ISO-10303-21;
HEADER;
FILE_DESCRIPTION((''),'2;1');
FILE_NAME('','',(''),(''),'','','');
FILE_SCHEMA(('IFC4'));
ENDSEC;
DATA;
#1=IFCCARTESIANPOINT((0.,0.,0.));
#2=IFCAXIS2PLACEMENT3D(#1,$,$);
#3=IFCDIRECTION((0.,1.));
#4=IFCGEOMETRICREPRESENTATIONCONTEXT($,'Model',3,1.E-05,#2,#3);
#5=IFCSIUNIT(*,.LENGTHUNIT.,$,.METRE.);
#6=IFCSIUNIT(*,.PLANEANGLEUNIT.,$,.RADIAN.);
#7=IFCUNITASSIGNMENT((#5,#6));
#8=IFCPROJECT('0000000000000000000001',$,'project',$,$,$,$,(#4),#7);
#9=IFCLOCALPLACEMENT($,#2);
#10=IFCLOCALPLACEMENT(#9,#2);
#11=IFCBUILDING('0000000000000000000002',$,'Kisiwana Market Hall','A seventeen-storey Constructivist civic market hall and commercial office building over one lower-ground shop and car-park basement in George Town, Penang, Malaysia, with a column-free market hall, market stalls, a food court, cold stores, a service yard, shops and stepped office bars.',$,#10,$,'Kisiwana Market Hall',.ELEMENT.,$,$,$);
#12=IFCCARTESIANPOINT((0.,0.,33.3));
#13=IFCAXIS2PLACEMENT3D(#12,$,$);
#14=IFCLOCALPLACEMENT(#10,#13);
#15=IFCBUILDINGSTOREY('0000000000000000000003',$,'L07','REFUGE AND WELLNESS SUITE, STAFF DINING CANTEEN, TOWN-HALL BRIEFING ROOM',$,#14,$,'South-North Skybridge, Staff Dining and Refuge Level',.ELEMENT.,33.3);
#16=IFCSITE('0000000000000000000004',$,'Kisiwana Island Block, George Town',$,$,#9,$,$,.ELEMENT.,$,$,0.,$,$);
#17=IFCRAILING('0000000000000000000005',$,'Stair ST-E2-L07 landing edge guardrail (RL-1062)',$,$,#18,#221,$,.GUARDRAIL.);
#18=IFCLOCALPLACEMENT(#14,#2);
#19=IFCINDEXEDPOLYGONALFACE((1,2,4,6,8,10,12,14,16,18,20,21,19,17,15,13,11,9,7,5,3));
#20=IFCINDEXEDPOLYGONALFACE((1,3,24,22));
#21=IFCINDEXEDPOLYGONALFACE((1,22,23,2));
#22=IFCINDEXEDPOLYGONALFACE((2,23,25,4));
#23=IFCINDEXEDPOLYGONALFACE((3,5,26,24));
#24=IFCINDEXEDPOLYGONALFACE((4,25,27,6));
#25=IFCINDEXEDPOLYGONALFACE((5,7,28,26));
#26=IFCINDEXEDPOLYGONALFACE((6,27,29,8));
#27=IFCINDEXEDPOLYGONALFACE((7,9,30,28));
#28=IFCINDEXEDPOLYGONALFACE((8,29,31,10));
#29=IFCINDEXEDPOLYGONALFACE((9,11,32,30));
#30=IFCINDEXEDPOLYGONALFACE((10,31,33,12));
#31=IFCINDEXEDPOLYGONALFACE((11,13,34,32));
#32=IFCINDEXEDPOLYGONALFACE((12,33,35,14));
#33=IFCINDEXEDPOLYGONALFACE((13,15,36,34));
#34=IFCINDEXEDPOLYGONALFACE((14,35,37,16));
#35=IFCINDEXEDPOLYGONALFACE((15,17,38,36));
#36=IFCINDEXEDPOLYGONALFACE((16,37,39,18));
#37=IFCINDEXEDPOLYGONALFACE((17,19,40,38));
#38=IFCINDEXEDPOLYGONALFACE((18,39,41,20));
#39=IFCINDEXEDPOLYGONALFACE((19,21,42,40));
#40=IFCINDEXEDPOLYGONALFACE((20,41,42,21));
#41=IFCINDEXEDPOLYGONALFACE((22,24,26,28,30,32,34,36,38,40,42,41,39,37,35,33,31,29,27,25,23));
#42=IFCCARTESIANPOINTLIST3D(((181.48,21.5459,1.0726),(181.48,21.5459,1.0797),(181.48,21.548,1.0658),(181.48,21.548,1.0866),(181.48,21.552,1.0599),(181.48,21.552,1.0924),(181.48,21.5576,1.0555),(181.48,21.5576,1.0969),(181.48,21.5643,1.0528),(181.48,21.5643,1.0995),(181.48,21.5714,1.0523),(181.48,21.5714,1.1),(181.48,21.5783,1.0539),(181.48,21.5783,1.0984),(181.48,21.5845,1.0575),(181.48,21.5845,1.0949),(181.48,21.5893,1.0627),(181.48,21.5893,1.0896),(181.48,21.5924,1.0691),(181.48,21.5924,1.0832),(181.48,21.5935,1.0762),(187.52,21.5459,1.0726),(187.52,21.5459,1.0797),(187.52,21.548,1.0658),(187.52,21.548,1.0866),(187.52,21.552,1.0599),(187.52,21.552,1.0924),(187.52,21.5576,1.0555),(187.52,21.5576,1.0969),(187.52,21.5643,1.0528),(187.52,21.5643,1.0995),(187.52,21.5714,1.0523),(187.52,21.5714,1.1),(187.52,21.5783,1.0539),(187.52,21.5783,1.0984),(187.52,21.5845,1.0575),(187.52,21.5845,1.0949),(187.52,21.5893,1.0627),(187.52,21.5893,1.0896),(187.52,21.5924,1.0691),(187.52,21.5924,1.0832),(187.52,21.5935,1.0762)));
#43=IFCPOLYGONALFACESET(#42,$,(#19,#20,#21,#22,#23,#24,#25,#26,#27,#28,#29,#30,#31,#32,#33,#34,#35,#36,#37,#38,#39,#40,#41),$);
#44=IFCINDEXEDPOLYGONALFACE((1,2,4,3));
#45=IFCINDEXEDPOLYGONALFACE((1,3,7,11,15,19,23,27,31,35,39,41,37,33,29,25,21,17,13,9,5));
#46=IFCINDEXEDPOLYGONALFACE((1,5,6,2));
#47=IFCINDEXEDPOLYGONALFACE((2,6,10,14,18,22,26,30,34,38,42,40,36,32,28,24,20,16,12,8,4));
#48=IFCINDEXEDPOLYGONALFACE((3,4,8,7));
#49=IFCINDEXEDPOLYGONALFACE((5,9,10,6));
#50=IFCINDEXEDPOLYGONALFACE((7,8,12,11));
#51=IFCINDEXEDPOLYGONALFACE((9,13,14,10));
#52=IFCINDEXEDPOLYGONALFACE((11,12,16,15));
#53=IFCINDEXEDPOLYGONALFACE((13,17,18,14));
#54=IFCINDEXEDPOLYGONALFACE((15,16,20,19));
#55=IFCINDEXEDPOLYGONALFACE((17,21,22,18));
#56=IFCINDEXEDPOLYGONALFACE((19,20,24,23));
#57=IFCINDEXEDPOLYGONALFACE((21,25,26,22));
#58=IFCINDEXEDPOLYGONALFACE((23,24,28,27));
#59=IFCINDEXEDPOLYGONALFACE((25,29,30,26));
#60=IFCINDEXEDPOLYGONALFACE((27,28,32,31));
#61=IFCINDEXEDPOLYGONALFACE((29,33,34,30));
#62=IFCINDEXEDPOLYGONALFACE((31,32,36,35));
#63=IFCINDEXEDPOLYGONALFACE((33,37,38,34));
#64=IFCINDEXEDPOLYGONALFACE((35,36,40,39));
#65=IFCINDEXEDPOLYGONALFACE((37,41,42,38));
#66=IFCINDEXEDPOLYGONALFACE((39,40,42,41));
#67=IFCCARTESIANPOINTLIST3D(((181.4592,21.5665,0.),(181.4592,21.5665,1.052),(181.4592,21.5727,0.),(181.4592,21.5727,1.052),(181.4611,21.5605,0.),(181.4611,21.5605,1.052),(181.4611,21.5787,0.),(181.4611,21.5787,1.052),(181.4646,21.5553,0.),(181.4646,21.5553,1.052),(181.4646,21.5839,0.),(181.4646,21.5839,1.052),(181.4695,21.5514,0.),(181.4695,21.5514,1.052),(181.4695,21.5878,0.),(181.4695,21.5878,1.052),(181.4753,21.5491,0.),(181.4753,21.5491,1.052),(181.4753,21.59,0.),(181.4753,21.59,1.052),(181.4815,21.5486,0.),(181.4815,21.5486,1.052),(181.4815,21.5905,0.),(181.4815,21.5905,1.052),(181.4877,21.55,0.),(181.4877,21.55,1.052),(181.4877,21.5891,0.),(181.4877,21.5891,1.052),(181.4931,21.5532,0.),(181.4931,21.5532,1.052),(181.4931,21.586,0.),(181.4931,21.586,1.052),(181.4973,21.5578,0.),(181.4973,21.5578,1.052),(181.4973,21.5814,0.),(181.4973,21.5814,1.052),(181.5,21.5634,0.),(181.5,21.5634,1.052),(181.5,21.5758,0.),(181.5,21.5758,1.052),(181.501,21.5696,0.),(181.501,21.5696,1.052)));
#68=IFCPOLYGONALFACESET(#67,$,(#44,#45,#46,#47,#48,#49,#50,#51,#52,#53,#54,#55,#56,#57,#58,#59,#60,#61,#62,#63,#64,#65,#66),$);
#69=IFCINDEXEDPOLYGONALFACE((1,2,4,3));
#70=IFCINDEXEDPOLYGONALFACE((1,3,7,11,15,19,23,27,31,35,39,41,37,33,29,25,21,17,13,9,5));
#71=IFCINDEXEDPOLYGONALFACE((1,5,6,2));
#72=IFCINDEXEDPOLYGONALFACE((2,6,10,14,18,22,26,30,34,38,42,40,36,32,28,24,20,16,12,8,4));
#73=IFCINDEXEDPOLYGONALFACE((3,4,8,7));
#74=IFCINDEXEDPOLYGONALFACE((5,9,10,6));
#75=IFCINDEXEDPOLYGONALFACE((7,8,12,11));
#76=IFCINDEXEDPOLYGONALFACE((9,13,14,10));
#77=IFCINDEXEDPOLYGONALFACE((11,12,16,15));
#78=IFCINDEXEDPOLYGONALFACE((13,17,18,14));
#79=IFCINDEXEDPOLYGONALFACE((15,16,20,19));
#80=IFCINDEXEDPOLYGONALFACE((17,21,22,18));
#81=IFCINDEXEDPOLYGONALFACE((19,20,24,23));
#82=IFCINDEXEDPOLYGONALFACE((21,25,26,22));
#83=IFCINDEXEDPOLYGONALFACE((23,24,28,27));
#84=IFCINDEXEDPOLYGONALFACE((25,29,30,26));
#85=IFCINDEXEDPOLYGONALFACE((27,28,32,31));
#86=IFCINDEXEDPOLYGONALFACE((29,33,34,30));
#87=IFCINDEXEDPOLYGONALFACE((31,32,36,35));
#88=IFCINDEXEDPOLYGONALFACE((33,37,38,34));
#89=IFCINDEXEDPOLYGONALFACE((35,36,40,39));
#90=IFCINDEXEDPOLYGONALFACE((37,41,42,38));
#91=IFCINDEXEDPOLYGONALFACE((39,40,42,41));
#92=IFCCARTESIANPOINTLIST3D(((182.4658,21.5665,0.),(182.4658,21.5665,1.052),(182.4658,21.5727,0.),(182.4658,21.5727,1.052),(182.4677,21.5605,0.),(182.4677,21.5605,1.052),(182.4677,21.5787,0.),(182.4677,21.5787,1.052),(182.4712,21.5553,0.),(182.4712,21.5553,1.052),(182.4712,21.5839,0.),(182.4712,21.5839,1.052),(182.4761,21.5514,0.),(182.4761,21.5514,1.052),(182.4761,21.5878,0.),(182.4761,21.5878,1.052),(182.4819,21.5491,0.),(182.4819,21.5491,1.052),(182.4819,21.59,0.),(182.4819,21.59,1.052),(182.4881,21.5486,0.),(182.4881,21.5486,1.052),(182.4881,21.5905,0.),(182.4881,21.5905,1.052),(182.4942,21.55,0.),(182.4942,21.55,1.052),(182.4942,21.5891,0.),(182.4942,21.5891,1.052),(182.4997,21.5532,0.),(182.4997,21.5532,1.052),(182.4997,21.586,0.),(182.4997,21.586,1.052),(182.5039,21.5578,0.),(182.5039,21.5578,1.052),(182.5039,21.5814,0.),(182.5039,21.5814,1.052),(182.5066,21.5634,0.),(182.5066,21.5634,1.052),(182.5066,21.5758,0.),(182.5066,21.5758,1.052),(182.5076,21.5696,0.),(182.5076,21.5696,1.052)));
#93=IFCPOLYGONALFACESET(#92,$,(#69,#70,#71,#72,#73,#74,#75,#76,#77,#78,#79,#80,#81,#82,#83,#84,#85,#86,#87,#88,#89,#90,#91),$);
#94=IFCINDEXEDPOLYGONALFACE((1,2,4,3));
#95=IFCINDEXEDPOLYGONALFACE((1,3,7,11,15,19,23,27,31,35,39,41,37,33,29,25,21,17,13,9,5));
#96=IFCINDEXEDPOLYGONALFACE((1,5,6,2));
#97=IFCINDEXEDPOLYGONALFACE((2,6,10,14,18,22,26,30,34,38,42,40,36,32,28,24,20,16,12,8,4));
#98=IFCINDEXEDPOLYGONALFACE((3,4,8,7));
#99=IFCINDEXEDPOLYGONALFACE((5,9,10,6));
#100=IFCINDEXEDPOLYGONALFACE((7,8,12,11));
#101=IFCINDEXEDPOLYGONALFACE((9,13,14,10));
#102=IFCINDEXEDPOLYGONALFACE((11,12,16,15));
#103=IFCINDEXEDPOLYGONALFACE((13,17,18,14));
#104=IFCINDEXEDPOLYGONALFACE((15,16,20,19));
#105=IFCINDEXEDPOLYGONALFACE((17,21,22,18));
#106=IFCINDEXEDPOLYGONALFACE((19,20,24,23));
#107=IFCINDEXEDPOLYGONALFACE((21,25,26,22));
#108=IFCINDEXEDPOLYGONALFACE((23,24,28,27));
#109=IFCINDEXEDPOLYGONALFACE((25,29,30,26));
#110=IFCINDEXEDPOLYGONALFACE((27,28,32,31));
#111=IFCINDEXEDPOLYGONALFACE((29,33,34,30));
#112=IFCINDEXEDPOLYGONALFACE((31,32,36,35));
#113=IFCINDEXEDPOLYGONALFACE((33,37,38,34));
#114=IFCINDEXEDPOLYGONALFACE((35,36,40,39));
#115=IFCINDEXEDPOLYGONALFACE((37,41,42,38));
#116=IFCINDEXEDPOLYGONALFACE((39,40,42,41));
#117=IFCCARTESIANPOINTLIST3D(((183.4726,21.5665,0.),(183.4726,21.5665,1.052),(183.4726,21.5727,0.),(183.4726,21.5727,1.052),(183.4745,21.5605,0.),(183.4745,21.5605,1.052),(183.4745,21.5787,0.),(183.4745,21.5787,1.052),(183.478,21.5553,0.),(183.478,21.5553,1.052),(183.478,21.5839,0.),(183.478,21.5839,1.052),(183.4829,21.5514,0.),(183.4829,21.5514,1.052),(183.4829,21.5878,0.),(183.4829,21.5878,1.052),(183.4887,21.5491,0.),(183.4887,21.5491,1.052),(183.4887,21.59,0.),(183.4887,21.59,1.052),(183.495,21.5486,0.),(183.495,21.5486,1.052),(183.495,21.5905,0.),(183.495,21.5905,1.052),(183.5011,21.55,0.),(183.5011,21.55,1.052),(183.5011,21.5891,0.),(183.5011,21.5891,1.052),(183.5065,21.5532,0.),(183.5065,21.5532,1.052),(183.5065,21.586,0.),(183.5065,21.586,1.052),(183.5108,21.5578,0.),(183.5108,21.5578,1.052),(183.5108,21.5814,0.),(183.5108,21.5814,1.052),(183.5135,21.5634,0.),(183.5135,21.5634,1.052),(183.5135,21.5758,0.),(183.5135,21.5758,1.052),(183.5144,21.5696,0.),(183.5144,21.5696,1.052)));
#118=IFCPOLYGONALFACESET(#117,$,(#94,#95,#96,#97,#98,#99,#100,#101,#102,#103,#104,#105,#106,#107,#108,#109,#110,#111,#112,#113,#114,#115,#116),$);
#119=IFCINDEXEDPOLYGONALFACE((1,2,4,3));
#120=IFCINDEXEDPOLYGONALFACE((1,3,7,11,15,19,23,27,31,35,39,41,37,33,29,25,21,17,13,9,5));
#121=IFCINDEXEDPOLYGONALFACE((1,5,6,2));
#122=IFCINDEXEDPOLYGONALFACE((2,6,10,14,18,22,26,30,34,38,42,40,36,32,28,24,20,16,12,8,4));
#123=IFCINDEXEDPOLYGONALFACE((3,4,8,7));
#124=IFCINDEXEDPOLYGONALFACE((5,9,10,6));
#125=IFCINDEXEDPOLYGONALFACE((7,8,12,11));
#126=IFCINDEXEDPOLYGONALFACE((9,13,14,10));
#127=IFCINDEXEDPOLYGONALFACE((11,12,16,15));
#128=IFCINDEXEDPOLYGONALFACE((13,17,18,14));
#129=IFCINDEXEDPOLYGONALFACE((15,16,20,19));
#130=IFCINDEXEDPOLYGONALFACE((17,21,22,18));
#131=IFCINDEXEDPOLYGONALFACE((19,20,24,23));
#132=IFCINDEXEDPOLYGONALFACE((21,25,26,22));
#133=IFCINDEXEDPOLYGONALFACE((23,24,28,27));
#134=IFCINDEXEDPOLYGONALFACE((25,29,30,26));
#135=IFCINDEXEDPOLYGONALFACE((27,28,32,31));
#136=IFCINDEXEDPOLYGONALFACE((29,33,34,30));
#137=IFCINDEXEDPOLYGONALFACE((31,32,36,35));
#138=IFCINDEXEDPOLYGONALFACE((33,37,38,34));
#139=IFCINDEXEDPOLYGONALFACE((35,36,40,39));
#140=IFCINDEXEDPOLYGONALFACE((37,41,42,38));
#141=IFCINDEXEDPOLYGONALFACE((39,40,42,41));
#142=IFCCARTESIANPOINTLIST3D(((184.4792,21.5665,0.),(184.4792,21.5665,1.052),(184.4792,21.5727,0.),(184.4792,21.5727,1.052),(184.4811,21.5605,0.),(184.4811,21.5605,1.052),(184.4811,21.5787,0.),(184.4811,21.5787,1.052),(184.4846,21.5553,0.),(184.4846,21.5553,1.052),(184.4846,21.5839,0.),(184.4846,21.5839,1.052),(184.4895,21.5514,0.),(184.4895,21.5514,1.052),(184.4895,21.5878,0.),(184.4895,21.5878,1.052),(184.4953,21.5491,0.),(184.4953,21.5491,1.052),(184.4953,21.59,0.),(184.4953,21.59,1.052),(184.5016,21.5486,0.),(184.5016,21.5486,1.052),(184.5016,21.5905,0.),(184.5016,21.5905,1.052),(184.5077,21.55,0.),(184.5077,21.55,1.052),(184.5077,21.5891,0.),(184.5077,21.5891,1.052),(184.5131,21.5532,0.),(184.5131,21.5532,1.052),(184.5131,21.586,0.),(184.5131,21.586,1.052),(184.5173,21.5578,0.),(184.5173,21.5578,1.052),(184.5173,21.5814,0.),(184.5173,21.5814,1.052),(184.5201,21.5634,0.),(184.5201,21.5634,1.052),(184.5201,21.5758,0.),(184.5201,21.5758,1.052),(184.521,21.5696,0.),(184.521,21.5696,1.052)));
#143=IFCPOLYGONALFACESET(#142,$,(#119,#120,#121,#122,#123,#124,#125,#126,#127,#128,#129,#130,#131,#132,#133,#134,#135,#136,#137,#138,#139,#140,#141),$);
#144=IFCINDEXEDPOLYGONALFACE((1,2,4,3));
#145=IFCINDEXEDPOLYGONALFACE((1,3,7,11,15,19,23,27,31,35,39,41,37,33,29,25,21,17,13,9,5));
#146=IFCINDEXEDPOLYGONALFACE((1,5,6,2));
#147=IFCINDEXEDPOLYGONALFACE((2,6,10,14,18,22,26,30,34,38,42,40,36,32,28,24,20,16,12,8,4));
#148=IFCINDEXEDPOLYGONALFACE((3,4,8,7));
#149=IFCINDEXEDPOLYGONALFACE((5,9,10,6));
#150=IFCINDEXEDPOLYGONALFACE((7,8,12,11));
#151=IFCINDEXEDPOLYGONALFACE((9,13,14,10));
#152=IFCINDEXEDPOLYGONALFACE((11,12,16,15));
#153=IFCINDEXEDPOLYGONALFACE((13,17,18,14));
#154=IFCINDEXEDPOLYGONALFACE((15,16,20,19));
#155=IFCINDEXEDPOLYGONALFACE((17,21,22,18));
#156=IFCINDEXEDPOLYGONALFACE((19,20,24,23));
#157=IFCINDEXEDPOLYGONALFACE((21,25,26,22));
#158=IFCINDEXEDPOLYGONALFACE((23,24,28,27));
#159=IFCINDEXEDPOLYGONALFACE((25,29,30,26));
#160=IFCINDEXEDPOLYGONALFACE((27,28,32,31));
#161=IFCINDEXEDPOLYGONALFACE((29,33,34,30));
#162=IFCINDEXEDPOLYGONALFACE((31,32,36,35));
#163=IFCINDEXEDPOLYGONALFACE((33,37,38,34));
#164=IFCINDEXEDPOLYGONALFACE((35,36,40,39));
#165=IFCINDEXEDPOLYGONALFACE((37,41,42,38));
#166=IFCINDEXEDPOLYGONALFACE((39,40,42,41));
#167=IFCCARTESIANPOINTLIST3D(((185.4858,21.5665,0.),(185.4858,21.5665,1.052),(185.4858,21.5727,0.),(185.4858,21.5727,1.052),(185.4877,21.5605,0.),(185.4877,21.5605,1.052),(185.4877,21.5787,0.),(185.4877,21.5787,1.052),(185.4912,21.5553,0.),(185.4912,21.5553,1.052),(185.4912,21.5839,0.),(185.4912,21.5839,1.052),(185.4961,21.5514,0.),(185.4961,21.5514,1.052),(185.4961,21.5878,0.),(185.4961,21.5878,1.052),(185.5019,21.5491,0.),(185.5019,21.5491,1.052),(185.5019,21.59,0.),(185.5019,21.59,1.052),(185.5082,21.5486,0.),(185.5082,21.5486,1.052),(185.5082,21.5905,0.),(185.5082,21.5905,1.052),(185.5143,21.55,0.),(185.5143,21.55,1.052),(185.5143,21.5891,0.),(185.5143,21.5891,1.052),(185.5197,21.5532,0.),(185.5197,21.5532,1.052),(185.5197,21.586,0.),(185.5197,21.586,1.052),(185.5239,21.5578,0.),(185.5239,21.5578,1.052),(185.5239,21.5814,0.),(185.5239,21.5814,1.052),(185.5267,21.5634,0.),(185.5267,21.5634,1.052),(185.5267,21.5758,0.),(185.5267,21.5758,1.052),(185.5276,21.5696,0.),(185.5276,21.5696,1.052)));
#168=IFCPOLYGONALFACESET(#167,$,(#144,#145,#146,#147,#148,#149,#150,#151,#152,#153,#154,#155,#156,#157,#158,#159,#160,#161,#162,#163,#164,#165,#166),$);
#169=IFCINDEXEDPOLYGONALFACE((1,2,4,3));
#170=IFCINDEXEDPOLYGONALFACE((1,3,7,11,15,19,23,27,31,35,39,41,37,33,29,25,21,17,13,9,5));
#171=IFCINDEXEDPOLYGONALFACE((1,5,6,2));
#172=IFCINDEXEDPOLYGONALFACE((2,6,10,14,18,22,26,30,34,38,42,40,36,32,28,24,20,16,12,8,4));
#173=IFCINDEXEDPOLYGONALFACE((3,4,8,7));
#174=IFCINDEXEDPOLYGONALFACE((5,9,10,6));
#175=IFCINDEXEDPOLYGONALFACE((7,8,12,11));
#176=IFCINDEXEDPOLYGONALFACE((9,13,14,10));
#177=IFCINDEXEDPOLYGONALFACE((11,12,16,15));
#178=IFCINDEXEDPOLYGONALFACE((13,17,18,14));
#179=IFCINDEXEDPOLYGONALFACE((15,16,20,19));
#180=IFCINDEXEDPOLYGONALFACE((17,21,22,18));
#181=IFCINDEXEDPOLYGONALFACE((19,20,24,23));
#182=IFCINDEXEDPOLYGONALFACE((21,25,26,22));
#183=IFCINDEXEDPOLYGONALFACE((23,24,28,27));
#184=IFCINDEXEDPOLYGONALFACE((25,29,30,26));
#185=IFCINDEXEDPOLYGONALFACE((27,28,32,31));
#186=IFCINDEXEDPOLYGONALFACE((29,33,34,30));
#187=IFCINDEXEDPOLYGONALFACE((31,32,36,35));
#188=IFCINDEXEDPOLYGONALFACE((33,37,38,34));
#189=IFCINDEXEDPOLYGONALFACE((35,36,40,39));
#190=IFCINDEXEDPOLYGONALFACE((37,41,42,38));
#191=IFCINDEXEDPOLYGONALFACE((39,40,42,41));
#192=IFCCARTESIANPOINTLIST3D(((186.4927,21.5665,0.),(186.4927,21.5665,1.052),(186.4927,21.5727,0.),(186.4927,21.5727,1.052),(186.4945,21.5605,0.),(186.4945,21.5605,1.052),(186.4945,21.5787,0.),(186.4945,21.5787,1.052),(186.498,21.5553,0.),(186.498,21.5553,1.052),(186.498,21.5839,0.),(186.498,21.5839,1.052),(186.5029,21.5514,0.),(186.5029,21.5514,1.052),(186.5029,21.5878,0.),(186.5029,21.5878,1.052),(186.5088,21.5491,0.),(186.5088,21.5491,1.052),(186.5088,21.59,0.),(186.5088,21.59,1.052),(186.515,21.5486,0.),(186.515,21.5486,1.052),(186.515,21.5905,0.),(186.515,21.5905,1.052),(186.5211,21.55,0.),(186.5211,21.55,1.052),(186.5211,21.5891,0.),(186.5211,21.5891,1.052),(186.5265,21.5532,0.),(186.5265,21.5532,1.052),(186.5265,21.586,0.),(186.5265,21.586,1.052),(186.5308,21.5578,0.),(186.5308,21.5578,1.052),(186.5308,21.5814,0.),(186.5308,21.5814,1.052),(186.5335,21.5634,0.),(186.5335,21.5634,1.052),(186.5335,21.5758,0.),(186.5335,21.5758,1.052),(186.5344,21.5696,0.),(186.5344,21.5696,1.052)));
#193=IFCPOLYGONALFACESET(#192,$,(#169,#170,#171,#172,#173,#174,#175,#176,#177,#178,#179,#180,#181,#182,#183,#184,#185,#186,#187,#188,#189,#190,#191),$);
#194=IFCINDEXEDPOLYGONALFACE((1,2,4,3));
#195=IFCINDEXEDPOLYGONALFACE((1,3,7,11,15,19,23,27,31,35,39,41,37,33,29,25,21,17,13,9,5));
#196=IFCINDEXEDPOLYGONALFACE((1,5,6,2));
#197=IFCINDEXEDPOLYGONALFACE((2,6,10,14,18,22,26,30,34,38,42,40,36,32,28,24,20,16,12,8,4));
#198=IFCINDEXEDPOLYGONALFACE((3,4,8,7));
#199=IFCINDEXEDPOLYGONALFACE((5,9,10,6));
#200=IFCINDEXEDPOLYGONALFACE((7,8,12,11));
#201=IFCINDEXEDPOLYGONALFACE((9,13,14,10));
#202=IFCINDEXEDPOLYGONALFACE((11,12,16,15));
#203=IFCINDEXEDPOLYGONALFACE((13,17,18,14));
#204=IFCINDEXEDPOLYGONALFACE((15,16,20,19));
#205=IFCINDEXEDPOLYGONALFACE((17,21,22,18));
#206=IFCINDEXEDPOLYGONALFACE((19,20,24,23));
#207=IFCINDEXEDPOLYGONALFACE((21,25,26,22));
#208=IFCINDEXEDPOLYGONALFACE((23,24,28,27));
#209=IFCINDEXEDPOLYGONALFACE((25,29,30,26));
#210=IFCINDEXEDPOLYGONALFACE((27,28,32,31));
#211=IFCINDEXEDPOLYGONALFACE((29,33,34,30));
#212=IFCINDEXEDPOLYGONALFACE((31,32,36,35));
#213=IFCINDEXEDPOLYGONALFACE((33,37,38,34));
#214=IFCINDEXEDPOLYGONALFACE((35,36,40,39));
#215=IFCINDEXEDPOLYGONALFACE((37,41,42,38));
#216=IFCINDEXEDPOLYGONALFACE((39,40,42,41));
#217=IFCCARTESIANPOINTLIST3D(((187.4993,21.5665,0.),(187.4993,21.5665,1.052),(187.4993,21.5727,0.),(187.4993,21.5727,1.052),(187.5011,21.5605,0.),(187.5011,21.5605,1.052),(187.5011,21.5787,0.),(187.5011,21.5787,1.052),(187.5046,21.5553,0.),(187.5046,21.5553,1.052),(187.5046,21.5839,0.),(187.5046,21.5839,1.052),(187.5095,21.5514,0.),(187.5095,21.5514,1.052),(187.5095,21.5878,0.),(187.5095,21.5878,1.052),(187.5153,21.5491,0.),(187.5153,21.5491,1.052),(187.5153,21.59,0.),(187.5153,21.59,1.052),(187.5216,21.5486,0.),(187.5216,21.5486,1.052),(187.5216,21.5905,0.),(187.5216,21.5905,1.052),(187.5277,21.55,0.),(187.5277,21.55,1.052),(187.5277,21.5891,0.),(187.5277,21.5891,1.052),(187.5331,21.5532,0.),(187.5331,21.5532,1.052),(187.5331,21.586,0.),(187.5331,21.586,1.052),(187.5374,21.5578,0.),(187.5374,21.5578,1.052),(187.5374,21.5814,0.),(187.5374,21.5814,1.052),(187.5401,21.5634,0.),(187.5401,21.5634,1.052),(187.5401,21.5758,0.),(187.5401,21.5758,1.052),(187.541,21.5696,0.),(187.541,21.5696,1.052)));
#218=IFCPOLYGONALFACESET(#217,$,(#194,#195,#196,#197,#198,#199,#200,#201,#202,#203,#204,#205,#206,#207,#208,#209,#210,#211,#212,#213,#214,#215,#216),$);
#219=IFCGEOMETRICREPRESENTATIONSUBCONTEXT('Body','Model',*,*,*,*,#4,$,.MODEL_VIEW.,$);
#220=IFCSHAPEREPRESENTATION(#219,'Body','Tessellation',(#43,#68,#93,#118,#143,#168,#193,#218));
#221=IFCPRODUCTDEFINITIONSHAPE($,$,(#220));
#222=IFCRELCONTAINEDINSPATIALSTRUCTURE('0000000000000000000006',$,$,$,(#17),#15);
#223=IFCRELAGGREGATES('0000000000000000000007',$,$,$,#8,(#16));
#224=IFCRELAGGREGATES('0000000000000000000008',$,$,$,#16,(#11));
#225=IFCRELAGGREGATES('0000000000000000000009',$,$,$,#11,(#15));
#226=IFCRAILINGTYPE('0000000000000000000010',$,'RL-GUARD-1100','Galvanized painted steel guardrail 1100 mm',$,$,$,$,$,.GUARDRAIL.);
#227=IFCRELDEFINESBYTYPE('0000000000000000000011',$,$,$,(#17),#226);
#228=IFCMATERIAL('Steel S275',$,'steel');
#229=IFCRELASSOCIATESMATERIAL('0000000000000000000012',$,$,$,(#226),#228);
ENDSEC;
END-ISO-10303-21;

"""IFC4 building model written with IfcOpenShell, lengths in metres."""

from ifc_helpers import new_model, si_unit, direction, frame, origin, origin_2d, place, context, subcontext, project, spatial, circle, extrude, material, type_object, element, save


model = new_model("IFC4")

# Units and contexts
model_context = context("Model", 3, precision=1e-05, world=origin(), true_north=direction((0.0, 1.0)))
body_context = subcontext(model_context, "Body", "Model", "MODEL_VIEW")
ifc_project = project(units=[si_unit("LENGTHUNIT", "METRE"), si_unit("PLANEANGLEUNIT", "RADIAN")], contexts=[model_context])

# Site, building, storey
site_placement = place(None, origin())
site = spatial("IfcSite", under=ifc_project, at=site_placement, Name="Kisiwana Island Block, George Town", CompositionType="ELEMENT", RefElevation=0.0)
building_placement = place(site_placement, origin())
building = spatial("IfcBuilding", under=site, at=building_placement, Name="Kisiwana Market Hall", Description="A seventeen-storey Constructivist civic market hall and commercial office building over one lower-ground shop and car-park basement in George Town, Penang, Malaysia, with a column-free market hall, market stalls, a food court, cold stores, a service yard, shops and stepped office bars.", LongName="Kisiwana Market Hall", CompositionType="ELEMENT")
storey_placement = place(building_placement, frame((0.0, 0.0, 33.3)))
storey = spatial("IfcBuildingStorey", under=building, at=storey_placement, Name="L07", Description="REFUGE AND WELLNESS SUITE, STAFF DINING CANTEEN, TOWN-HALL BRIEFING ROOM", LongName="South-North Skybridge, Staff Dining and Refuge Level", CompositionType="ELEMENT", Elevation=33.3)

# Railing
ifc_material_1 = material(Name="Steel S275", Category="steel")
railing_type_1 = type_object("IfcRailingType", Name="RL-GUARD-1100", Description="Galvanized painted steel guardrail 1100 mm", PredefinedType="GUARDRAIL", material=ifc_material_1)
railing_1_placement = place(storey_placement, frame((181.48, 21.5696, 0.0)))
element("IfcRailing", 1, at=railing_1_placement, inside=storey, type_object=railing_type_1, Name="Stair ST-E2-L07 landing edge guardrail (RL-1062)", PredefinedType="GUARDRAIL", context=body_context, shape_type="SweptSolid", body=[
    extrude(circle(Radius=0.0239, at=origin_2d()), frame((0.0, 0.0, 1.0762), z_axis=(1.0, 0.0, 0.0), x_axis=(0.0, 1.0, 0.0)), (0.0, 0.0, 1.0), 6.04),
    extrude(circle(Radius=0.021, at=origin_2d()), origin(), (0.0, 0.0, 1.0), 1.052),
    extrude(circle(Radius=0.021, at=origin_2d()), frame((1.0066, 0.0, 0.0)), (0.0, 0.0, 1.0), 1.052),
    extrude(circle(Radius=0.021, at=origin_2d()), frame((2.0134, 0.0, 0.0)), (0.0, 0.0, 1.0), 1.052),
    extrude(circle(Radius=0.021, at=origin_2d()), frame((3.02, 0.0, 0.0)), (0.0, 0.0, 1.0), 1.052),
    extrude(circle(Radius=0.021, at=origin_2d()), frame((4.0266, 0.0, 0.0)), (0.0, 0.0, 1.0), 1.052),
    extrude(circle(Radius=0.021, at=origin_2d()), frame((5.0334, 0.0, 0.0)), (0.0, 0.0, 1.0), 1.052),
    extrude(circle(Radius=0.021, at=origin_2d()), frame((6.04, 0.0, 0.0)), (0.0, 0.0, 1.0), 1.052),
])

save(model, "model.ifc")
